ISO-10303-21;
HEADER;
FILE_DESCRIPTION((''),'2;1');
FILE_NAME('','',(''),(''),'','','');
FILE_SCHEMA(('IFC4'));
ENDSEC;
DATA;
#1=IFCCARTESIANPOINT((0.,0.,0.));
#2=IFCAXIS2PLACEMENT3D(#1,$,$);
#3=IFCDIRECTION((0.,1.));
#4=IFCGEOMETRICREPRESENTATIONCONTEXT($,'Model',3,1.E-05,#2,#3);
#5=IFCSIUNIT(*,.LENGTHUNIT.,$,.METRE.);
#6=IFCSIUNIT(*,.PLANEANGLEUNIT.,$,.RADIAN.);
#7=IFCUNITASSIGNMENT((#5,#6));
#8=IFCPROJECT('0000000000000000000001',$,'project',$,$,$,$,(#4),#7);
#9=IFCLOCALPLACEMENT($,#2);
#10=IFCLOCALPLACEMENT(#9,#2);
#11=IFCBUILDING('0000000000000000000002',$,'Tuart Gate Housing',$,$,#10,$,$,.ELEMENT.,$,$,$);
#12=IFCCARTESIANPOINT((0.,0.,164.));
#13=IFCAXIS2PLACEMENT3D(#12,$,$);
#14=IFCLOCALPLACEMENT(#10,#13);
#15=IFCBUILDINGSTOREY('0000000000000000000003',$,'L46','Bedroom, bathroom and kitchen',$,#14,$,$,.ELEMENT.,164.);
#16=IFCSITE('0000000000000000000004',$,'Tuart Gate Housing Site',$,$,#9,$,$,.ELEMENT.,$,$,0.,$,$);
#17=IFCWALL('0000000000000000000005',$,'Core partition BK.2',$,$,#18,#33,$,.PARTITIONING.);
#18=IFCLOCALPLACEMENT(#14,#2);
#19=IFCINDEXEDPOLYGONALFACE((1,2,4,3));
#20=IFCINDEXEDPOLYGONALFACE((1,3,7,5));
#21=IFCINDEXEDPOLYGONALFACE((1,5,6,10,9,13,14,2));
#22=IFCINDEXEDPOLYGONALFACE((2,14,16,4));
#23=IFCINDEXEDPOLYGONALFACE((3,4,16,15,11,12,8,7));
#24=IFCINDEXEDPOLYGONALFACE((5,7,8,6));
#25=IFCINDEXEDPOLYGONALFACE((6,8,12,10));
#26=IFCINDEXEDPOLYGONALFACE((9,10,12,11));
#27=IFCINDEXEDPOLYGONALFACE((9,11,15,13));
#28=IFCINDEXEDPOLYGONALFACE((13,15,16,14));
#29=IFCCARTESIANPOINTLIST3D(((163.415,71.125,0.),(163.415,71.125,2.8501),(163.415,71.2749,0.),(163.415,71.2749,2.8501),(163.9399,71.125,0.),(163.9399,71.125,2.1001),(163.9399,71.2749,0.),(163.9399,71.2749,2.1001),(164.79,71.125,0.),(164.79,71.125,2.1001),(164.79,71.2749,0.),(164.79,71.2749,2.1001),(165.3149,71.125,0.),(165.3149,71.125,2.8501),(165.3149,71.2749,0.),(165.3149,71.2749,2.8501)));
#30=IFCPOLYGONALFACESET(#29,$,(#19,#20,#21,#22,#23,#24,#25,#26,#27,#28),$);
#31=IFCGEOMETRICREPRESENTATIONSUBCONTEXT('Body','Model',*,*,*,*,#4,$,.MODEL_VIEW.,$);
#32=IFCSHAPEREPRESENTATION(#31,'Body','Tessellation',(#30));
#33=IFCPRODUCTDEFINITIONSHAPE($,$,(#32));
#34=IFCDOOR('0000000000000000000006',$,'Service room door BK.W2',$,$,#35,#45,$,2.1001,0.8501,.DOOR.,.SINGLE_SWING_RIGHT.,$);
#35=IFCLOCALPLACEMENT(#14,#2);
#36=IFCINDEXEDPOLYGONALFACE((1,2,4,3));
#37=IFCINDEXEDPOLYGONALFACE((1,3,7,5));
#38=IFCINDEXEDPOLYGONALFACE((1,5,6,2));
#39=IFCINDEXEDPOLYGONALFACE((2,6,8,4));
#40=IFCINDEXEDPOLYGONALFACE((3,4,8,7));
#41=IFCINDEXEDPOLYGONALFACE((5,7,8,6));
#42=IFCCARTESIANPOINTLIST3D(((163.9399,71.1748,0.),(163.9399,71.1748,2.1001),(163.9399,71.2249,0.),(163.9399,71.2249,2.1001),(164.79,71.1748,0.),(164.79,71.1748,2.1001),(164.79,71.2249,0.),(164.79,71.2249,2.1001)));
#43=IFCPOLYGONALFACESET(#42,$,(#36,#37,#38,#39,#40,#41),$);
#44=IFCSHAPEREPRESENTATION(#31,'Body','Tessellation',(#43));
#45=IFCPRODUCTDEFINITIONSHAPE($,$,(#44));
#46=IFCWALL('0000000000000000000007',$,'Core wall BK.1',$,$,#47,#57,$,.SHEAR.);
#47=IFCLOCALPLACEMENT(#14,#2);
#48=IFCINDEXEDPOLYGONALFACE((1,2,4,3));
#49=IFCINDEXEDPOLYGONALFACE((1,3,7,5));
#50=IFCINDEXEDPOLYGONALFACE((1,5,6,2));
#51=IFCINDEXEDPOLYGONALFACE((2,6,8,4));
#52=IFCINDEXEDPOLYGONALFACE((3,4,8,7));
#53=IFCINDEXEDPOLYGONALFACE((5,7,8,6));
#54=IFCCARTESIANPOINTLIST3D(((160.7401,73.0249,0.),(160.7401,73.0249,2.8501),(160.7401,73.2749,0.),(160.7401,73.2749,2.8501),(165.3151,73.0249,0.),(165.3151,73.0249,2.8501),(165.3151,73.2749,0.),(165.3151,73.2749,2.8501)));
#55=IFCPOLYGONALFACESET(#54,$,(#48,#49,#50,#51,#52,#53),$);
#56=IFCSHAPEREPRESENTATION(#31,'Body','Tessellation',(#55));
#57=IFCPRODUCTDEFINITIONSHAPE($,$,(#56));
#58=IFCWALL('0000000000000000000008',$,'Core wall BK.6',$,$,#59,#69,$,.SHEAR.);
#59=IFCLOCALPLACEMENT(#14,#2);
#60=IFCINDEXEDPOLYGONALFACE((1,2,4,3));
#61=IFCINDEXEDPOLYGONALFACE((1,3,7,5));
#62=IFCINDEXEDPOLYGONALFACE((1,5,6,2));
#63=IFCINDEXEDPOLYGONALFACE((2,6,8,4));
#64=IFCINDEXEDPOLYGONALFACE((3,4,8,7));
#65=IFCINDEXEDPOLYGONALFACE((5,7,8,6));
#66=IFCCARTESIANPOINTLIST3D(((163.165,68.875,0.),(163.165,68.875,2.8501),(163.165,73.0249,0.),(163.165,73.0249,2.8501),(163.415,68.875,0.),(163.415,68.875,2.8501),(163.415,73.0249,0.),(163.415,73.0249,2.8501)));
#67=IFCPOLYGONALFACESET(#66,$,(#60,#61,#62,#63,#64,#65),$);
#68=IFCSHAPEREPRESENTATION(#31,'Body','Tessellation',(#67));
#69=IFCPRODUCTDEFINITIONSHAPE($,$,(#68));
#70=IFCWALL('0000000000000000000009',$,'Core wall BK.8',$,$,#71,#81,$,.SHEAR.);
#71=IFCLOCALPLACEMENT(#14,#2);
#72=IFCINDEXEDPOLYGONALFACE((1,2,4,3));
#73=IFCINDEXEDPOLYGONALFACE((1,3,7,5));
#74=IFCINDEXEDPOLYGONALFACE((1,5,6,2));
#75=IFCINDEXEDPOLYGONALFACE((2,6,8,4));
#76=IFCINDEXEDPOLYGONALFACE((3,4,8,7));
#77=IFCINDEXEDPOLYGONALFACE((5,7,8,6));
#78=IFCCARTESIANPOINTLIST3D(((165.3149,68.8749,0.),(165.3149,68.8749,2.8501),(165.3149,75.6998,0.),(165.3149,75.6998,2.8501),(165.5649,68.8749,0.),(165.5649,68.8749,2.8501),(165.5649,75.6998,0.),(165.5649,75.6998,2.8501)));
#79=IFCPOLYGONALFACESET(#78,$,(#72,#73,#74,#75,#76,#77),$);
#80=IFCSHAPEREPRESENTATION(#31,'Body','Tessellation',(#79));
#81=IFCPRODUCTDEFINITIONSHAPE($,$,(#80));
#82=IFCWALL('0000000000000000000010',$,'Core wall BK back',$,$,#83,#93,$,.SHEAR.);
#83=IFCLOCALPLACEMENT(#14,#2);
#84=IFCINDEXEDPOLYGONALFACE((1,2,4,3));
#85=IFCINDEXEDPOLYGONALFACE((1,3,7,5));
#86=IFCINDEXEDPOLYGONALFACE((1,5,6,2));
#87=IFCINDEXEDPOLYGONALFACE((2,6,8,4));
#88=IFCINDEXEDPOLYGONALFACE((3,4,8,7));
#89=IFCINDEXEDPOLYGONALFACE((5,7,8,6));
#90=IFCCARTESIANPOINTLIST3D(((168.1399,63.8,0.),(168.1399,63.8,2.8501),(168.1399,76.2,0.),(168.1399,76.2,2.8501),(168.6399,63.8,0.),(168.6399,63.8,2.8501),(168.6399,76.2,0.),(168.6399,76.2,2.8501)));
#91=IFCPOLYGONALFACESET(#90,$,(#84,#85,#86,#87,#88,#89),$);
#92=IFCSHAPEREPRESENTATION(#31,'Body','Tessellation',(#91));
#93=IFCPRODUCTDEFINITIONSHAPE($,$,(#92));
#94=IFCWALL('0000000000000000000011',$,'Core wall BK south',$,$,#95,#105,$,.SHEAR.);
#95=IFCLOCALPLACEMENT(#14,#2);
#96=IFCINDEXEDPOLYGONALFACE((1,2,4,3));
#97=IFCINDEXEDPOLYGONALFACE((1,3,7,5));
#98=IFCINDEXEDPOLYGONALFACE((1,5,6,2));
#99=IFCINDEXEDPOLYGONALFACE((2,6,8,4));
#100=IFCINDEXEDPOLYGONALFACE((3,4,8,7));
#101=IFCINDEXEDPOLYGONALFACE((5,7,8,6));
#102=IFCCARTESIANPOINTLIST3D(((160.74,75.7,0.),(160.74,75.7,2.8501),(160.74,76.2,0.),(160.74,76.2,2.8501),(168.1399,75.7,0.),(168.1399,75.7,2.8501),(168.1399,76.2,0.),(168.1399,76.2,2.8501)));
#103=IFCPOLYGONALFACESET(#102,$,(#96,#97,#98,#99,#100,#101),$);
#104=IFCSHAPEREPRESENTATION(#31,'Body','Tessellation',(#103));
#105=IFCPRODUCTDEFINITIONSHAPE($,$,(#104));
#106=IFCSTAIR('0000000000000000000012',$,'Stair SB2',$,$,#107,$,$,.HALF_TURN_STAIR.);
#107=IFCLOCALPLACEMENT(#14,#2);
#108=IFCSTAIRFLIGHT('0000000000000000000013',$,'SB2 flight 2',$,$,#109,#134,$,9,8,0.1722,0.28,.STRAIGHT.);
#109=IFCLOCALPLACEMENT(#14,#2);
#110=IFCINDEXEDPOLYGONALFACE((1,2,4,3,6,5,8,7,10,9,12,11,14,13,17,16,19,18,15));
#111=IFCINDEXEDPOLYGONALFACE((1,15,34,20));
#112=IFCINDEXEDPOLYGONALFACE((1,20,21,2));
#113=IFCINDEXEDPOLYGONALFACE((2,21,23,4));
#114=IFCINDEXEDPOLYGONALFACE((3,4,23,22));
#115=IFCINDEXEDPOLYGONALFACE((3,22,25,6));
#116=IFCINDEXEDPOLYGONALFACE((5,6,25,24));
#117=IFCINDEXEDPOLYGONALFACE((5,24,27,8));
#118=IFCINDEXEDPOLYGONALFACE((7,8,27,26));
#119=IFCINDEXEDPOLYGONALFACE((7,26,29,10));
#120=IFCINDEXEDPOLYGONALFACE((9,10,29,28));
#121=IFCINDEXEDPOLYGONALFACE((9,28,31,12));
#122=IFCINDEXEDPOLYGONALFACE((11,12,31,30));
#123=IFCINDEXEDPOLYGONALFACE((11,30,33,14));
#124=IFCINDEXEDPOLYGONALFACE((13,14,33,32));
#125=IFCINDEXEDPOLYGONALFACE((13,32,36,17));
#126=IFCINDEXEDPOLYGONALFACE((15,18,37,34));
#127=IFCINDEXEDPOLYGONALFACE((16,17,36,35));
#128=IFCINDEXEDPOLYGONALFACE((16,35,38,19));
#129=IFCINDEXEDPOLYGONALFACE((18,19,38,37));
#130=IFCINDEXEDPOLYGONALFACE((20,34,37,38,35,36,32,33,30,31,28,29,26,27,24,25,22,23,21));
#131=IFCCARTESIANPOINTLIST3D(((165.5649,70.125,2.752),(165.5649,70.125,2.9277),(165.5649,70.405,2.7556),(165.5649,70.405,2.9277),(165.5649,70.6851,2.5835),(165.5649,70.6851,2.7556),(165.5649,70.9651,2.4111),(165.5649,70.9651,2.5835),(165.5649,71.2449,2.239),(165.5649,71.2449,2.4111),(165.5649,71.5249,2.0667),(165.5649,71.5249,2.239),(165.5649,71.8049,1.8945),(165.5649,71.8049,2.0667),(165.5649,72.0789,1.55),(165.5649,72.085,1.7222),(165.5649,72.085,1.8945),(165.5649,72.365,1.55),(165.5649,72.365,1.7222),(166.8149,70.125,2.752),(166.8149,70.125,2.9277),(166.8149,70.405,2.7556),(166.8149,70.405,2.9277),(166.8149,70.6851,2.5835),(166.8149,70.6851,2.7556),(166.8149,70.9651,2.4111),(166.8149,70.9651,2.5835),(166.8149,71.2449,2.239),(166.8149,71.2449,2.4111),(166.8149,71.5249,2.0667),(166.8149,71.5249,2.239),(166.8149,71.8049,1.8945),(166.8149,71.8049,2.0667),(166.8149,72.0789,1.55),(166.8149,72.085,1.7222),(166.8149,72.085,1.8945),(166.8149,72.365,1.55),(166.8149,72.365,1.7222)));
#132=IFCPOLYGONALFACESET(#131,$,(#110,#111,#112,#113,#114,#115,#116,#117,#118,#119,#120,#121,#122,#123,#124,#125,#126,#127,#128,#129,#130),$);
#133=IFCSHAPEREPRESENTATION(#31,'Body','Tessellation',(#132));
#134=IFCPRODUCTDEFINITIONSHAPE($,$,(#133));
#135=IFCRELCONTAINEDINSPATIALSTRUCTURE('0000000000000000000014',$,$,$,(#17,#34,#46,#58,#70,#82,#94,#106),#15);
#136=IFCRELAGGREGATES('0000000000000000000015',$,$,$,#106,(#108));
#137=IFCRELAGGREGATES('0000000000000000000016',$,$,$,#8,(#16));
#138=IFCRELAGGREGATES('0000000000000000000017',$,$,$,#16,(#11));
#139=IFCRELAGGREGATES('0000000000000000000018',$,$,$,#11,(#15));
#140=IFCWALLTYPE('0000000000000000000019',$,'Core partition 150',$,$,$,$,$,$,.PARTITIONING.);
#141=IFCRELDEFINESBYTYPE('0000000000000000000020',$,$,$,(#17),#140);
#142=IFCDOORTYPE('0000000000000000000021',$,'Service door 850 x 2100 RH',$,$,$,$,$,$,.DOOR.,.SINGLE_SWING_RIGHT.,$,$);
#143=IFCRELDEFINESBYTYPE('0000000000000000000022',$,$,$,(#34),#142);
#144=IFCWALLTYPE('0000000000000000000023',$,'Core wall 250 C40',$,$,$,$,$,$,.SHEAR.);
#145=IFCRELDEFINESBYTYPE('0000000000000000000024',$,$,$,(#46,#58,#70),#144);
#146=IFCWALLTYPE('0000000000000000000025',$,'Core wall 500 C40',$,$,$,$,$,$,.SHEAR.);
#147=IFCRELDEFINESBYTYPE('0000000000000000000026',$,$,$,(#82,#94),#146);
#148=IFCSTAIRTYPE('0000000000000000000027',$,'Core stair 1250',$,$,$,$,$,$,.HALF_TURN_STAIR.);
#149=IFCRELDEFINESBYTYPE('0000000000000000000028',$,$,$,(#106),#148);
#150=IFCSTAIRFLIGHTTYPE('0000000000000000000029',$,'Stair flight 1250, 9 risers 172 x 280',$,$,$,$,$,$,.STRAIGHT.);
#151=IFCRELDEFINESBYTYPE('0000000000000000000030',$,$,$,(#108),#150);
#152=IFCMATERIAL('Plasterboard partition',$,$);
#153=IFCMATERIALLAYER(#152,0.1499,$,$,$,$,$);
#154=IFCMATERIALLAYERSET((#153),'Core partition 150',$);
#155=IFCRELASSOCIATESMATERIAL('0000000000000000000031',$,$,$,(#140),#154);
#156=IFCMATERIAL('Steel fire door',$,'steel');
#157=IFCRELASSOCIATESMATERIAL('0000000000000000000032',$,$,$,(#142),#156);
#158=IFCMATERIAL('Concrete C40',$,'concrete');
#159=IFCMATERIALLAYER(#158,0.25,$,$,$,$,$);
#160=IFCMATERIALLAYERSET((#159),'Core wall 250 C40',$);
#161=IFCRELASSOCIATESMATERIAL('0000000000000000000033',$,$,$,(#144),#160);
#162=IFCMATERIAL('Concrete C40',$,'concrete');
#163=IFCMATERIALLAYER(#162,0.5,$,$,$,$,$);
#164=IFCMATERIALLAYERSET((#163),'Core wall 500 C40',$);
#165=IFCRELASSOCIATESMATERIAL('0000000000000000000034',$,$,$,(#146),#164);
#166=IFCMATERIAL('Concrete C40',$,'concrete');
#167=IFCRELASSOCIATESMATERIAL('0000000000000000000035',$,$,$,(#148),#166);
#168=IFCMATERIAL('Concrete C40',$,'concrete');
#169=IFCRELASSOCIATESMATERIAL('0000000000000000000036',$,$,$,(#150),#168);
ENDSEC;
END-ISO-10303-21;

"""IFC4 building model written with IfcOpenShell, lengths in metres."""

from ifc_helpers import new_model, si_unit, direction, frame, frame_2d, origin, place, context, subcontext, project, spatial, polyline, rectangle, outline, extrude, material, layer, layer_set, type_object, element, fill, aggregate, save


model = new_model("IFC4")

# Units and contexts
model_context = context("Model", 3, precision=1e-05, world=origin(), true_north=direction((0.0, 1.0)))
body_context = subcontext(model_context, "Body", "Model", "MODEL_VIEW")
ifc_project = project(units=[si_unit("LENGTHUNIT", "METRE"), si_unit("PLANEANGLEUNIT", "RADIAN")], contexts=[model_context])

# Site, building, storey
site_placement = place(None, origin())
site = spatial("IfcSite", under=ifc_project, at=site_placement, Name="Tuart Gate Housing Site", CompositionType="ELEMENT", RefElevation=0.0)
building_placement = place(site_placement, origin())
building = spatial("IfcBuilding", under=site, at=building_placement, Name="Tuart Gate Housing", CompositionType="ELEMENT")
storey_placement = place(building_placement, frame((0.0, 0.0, 164.0)))
storey = spatial("IfcBuildingStorey", under=building, at=storey_placement, Name="L46", Description="Bedroom, bathroom and kitchen", CompositionType="ELEMENT", Elevation=164.0)

# Wall, opening, door
ifc_material_1 = material(Name="Plasterboard partition")
ifc_layer_1 = layer(ifc_material_1, 0.1499)
ifc_layer_set_1 = layer_set([ifc_layer_1], Name="Core partition 150")
wall_type_1 = type_object("IfcWallType", Name="Core partition 150", PredefinedType="PARTITIONING", material=ifc_layer_set_1)
wall_1_placement = place(storey_placement, frame((163.415, 71.2, 0.0), z_axis=(0.0, 0.0, 1.0), x_axis=(1.0, 0.0, 0.0)))
wall_1 = element("IfcWall", 1, at=wall_1_placement, inside=storey, type_object=wall_type_1, Name="Core partition BK.2", PredefinedType="PARTITIONING", context=body_context, shape_type="SweptSolid", body=[
    extrude(rectangle(XDim=1.8999, YDim=0.1499, at=frame_2d((0.95, 0.0))), origin(), (0.0, 0.0, 1.0), 2.8501),
])
opening_placement = place(wall_1_placement, frame((0.5249, 0.0, 0.0)))
opening = element("IfcOpeningElement", 2, at=opening_placement, cuts=wall_1, PredefinedType="OPENING", context=body_context, shape_type="SweptSolid", body=[
    extrude(rectangle(XDim=0.8501, YDim=2.1001, at=frame_2d((0.425, 1.05))), frame((0.0, 0.085, 0.0), z_axis=(0.0, -1.0, 0.0), x_axis=(1.0, 0.0, 0.0)), (0.0, 0.0, 1.0), 0.1699),
])
ifc_material_2 = material(Name="Steel fire door", Category="steel")
door_type = type_object("IfcDoorType", Name="Service door 850 x 2100 RH", OperationType="SINGLE_SWING_RIGHT", PredefinedType="DOOR", material=ifc_material_2)
door_placement = place(opening_placement, frame((0.8501, 0.0, 0.0), z_axis=(0.0, 0.0, 1.0), x_axis=(-1.0, 0.0, 0.0)))
door = element("IfcDoor", 3, at=door_placement, inside=storey, type_object=door_type, Name="Service room door BK.W2", OperationType="SINGLE_SWING_RIGHT", OverallHeight=2.1001, OverallWidth=0.8501, PredefinedType="DOOR", context=body_context, shape_type="SweptSolid", body=[
    extrude(rectangle(XDim=0.8501, YDim=2.1001, at=frame_2d((0.425, 1.05))), frame((0.0, 0.0251, 0.0), z_axis=(0.0, -1.0, 0.0), x_axis=(1.0, 0.0, 0.0)), (0.0, 0.0, 1.0), 0.05),
])
fill(opening, door)

# Walls
ifc_material_3 = material(Name="Concrete C40", Category="concrete")
ifc_layer_2 = layer(ifc_material_3, 0.25)
ifc_layer_set_2 = layer_set([ifc_layer_2], Name="Core wall 250 C40")
wall_type_2 = type_object("IfcWallType", Name="Core wall 250 C40", PredefinedType="SHEAR", material=ifc_layer_set_2)
wall_2_placement = place(storey_placement, frame((160.74, 73.1499, 0.0), z_axis=(0.0, 0.0, 1.0), x_axis=(1.0, 0.0, 0.0)))
element("IfcWall", 4, at=wall_2_placement, inside=storey, type_object=wall_type_2, Name="Core wall BK.1", PredefinedType="SHEAR", context=body_context, shape_type="SweptSolid", body=[
    extrude(rectangle(XDim=4.575, YDim=0.25, at=frame_2d((2.2876, 0.0))), origin(), (0.0, 0.0, 1.0), 2.8501),
])
wall_3_placement = place(storey_placement, frame((163.29, 73.0249, 0.0), z_axis=(0.0, 0.0, 1.0), x_axis=(0.0, -1.0, 0.0)))
element("IfcWall", 5, at=wall_3_placement, inside=storey, type_object=wall_type_2, Name="Core wall BK.6", PredefinedType="SHEAR", context=body_context, shape_type="SweptSolid", body=[
    extrude(rectangle(XDim=4.1499, YDim=0.25, at=frame_2d((2.075, 0.0))), origin(), (0.0, 0.0, 1.0), 2.8501),
])
wall_4_placement = place(storey_placement, frame((165.4399, 75.7, 0.0), z_axis=(0.0, 0.0, 1.0), x_axis=(0.0, -1.0, 0.0)))
element("IfcWall", 6, at=wall_4_placement, inside=storey, type_object=wall_type_2, Name="Core wall BK.8", PredefinedType="SHEAR", context=body_context, shape_type="SweptSolid", body=[
    extrude(rectangle(XDim=6.825, YDim=0.25, at=frame_2d((3.4126, 0.0))), origin(), (0.0, 0.0, 1.0), 2.8501),
])
ifc_material_4 = material(Name="Concrete C40", Category="concrete")
ifc_layer_3 = layer(ifc_material_4, 0.5)
ifc_layer_set_3 = layer_set([ifc_layer_3], Name="Core wall 500 C40")
wall_type_3 = type_object("IfcWallType", Name="Core wall 500 C40", PredefinedType="SHEAR", material=ifc_layer_set_3)
wall_5_placement = place(storey_placement, frame((168.3899, 76.2, 0.0), z_axis=(0.0, 0.0, 1.0), x_axis=(0.0, -1.0, 0.0)))
element("IfcWall", 7, at=wall_5_placement, inside=storey, type_object=wall_type_3, Name="Core wall BK back", PredefinedType="SHEAR", context=body_context, shape_type="SweptSolid", body=[
    extrude(rectangle(XDim=12.3999, YDim=0.5, at=frame_2d((6.2, 0.0))), origin(), (0.0, 0.0, 1.0), 2.8501),
])
wall_6_placement = place(storey_placement, frame((160.74, 75.95, 0.0), z_axis=(0.0, 0.0, 1.0), x_axis=(1.0, 0.0, 0.0)))
element("IfcWall", 8, at=wall_6_placement, inside=storey, type_object=wall_type_3, Name="Core wall BK south", PredefinedType="SHEAR", context=body_context, shape_type="SweptSolid", body=[
    extrude(rectangle(XDim=7.3999, YDim=0.5, at=frame_2d((3.7, 0.0))), origin(), (0.0, 0.0, 1.0), 2.8501),
])

# Stair, stair flight
ifc_material_5 = material(Name="Concrete C40", Category="concrete")
stair_type = type_object("IfcStairType", Name="Core stair 1250", PredefinedType="HALF_TURN_STAIR", material=ifc_material_5)
stair_placement = place(storey_placement, origin())
stair = element("IfcStair", 9, at=stair_placement, inside=storey, type_object=stair_type, Name="Stair SB2", PredefinedType="HALF_TURN_STAIR")
ifc_material_6 = material(Name="Concrete C40", Category="concrete")
stair_flight_type = type_object("IfcStairFlightType", Name="Stair flight 1250, 9 risers 172 x 280", PredefinedType="STRAIGHT", material=ifc_material_6)
stair_flight_placement = place(storey_placement, frame((166.1899, 72.365, 1.55), z_axis=(0.0, 0.0, 1.0), x_axis=(0.0, -1.0, 0.0)))
stair_flight = element("IfcStairFlight", 10, at=stair_flight_placement, type_object=stair_flight_type, Name="SB2 flight 2", NumberOfRisers=9, NumberOfTreads=8, PredefinedType="STRAIGHT", RiserHeight=0.1722, TreadLength=0.28, context=body_context, shape_type="SweptSolid", body=[
    extrude(outline(polyline([(0.0, 0.0), (0.0, 0.1721), (0.28, 0.1721), (0.28, 0.3445), (0.5601, 0.3445), (0.5601, 0.5166), (0.8401, 0.5166), (0.8401, 0.689), (1.1201, 0.689), (1.1201, 0.8611), (1.3999, 0.8611), (1.3999, 1.0334), (1.6799, 1.0334), (1.6799, 1.2056), (1.96, 1.2056), (1.96, 1.3777), (2.24, 1.3777), (2.24, 1.55), (2.24, 1.2019), (0.2861, 0.0), (0.0, 0.0)])), frame((0.0, 0.625, 0.0), z_axis=(0.0, -1.0, 0.0), x_axis=(1.0, 0.0, 0.0)), (0.0, 0.0, 1.0), 1.25),
])
aggregate(stair, [stair_flight])

save(model, "model.ifc")
